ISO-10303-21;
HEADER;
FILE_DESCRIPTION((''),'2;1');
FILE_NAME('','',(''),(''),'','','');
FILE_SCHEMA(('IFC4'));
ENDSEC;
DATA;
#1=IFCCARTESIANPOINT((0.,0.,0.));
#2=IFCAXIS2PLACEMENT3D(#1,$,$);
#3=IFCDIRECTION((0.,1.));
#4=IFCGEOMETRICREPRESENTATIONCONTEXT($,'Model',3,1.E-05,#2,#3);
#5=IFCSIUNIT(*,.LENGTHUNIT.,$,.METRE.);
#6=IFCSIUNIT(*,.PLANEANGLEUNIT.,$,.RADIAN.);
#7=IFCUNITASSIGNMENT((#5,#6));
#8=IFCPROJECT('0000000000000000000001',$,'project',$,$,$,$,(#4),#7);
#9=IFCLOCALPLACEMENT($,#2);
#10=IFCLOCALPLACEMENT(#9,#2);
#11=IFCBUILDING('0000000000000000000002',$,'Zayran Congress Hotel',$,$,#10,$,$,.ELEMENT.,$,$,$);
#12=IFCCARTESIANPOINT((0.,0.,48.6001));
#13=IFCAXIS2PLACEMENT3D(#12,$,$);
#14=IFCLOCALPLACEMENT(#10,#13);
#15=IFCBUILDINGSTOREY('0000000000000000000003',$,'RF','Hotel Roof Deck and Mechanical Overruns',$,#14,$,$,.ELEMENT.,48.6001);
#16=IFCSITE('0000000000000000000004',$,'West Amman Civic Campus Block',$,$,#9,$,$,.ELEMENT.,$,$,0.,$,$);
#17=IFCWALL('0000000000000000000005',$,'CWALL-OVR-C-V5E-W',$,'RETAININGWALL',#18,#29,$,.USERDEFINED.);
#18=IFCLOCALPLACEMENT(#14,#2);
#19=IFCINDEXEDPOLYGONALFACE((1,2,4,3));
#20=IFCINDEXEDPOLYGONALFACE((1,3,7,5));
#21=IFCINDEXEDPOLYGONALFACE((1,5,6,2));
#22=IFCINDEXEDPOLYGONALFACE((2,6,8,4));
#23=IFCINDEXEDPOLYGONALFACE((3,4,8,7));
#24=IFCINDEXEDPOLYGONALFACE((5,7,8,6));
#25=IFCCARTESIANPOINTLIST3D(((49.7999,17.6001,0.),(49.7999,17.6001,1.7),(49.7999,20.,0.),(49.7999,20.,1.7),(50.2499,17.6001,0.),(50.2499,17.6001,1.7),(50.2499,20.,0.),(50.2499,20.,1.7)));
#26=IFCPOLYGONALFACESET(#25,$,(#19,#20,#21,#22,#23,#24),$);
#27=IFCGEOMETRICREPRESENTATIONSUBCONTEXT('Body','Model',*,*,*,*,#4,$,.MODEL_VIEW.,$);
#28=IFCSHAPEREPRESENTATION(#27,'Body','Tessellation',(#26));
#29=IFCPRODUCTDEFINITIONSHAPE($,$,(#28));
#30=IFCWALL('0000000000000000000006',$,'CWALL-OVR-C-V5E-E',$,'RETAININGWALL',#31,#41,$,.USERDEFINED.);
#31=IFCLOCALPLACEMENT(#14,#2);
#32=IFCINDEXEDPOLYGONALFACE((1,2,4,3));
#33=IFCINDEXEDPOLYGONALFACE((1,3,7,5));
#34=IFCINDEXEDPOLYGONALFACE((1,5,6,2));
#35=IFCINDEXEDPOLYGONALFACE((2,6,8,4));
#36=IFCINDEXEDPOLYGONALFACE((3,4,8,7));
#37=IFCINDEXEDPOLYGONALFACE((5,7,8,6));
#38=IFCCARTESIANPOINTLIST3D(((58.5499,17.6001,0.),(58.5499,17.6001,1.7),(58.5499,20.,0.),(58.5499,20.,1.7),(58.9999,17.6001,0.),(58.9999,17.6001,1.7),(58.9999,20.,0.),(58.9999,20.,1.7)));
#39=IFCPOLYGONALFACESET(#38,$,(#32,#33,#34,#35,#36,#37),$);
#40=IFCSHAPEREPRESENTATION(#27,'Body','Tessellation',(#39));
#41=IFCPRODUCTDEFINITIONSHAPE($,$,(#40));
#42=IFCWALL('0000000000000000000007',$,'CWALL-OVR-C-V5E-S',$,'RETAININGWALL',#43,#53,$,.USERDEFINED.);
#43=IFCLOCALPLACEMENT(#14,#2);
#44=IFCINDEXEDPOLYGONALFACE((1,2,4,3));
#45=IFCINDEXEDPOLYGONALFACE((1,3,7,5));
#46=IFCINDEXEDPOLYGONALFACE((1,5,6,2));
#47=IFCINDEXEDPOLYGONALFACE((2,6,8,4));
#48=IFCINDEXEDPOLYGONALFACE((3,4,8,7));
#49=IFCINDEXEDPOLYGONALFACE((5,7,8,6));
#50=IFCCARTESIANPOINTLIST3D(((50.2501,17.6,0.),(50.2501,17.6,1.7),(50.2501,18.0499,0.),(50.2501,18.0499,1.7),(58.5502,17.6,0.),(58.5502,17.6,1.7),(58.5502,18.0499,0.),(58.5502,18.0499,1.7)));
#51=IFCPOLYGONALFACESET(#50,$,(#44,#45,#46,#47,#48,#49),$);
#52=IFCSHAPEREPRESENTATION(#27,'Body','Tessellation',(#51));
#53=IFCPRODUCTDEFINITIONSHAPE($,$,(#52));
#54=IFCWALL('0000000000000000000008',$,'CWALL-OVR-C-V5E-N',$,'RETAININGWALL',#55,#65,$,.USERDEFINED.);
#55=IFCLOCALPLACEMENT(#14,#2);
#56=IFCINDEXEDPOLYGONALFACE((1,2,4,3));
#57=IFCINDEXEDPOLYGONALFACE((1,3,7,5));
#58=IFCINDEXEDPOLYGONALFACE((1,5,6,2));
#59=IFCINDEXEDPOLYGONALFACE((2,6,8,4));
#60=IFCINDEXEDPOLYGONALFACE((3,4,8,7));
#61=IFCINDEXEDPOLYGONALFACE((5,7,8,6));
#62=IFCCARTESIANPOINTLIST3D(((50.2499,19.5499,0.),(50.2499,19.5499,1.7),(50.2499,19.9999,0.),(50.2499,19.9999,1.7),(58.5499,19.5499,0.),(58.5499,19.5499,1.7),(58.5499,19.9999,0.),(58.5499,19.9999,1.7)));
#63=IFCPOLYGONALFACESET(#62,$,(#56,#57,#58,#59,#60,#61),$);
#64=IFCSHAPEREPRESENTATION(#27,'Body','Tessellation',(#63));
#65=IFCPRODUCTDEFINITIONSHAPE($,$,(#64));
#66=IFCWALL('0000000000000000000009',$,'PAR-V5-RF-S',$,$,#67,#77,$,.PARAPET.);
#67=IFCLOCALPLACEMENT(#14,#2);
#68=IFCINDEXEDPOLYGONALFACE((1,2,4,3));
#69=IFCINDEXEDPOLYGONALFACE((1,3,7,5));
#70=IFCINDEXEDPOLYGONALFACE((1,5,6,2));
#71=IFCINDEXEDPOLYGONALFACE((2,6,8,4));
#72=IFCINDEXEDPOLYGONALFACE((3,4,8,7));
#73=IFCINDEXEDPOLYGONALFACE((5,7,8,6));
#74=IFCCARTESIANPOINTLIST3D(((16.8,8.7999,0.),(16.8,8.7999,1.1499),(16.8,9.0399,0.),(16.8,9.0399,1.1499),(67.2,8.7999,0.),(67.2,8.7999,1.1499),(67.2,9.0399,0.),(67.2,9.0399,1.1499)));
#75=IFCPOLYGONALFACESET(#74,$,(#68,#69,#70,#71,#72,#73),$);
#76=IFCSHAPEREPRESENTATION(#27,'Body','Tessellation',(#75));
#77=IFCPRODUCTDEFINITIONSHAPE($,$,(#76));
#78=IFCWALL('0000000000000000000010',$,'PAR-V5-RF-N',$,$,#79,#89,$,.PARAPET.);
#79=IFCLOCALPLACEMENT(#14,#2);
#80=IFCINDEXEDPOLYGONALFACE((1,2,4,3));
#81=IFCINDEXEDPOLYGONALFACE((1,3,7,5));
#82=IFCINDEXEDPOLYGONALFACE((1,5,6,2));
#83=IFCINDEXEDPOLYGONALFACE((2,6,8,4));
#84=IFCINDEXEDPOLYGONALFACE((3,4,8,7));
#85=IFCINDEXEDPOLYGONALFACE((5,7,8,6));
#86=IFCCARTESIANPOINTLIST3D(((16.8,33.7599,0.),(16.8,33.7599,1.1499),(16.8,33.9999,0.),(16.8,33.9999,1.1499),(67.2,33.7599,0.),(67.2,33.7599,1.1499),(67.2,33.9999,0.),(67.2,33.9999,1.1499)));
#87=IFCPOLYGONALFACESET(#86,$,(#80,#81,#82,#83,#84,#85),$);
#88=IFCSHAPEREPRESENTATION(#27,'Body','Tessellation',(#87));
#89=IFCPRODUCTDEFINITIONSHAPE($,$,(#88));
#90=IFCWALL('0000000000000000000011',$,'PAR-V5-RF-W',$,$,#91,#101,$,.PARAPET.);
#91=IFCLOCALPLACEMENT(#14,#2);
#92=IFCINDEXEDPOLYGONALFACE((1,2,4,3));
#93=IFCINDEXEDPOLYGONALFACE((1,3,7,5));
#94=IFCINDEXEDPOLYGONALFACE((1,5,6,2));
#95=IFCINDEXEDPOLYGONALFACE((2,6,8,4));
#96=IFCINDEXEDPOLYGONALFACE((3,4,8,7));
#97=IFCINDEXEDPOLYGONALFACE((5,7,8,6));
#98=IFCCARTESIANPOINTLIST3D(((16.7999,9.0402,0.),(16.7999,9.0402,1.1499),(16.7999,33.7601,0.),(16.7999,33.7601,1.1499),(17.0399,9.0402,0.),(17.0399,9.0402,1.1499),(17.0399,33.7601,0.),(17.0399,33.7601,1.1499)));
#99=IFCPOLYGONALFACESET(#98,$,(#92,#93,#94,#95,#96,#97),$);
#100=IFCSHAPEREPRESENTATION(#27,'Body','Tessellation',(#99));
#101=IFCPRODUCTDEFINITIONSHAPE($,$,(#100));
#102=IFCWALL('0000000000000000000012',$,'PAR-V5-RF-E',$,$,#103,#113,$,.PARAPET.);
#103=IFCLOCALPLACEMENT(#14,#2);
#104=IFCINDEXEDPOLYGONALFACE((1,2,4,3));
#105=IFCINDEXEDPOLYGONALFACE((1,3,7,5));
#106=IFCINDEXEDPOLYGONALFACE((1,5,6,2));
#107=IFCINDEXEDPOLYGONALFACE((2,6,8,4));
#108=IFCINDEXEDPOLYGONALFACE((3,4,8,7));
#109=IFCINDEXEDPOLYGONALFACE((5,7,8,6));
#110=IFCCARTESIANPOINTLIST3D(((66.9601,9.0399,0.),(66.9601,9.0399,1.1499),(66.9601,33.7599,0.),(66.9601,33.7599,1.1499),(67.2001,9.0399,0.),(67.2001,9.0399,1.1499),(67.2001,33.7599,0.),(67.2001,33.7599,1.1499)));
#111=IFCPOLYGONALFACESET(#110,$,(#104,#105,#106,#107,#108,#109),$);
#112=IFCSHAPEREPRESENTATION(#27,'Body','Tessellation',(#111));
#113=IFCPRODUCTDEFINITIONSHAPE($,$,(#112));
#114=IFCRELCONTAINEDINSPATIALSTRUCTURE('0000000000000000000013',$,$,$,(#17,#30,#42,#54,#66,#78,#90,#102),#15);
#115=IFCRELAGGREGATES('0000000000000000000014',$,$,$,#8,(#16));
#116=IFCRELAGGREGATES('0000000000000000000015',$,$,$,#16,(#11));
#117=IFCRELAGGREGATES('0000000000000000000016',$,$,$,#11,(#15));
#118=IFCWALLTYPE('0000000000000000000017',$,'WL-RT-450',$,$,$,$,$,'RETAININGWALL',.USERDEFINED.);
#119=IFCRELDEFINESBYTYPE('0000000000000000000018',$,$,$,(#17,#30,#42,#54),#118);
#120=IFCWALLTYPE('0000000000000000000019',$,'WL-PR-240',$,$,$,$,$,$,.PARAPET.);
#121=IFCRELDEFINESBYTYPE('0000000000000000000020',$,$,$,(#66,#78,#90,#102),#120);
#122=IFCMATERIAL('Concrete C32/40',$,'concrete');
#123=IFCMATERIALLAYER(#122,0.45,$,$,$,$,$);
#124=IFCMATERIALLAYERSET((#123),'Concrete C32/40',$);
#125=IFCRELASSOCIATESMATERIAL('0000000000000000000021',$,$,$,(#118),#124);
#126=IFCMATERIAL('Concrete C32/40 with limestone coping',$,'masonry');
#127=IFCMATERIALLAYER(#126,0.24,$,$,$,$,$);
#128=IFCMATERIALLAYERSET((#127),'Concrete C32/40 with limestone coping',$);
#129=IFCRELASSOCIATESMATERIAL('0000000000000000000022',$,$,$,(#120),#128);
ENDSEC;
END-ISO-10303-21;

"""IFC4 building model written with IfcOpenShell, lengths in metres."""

from ifc_helpers import new_model, si_unit, direction, frame, frame_2d, origin, place, context, subcontext, project, spatial, rectangle, extrude, material, layer, layer_set, type_object, element, save


model = new_model("IFC4")

# Units and contexts
model_context = context("Model", 3, precision=1e-05, world=origin(), true_north=direction((0.0, 1.0)))
body_context = subcontext(model_context, "Body", "Model", "MODEL_VIEW")
ifc_project = project(units=[si_unit("LENGTHUNIT", "METRE"), si_unit("PLANEANGLEUNIT", "RADIAN")], contexts=[model_context])

# Site, building, storey
site_placement = place(None, origin())
site = spatial("IfcSite", under=ifc_project, at=site_placement, Name="West Amman Civic Campus Block", CompositionType="ELEMENT", RefElevation=0.0)
building_placement = place(site_placement, origin())
building = spatial("IfcBuilding", under=site, at=building_placement, Name="Zayran Congress Hotel", CompositionType="ELEMENT")
storey_placement = place(building_placement, frame((0.0, 0.0, 48.6001)))
storey = spatial("IfcBuildingStorey", under=building, at=storey_placement, Name="RF", Description="Hotel Roof Deck and Mechanical Overruns", CompositionType="ELEMENT", Elevation=48.6001)

# Shared definitions
ifc_material_1 = material(Name="Concrete C32/40", Category="concrete")

# Walls
ifc_layer_1 = layer(ifc_material_1, 0.45)
ifc_layer_set_1 = layer_set([ifc_layer_1], Name="Concrete C32/40")
wall_type_1 = type_object("IfcWallType", Name="WL-RT-450", ElementType="RETAININGWALL", PredefinedType="USERDEFINED", material=ifc_layer_set_1)
for number, where, z_axis, x_axis, name in (
    (1, (50.0249, 17.6001, 0.0), (0.0, 0.0, 1.0), (0.0, 1.0, 0.0), "CWALL-OVR-C-V5E-W"),
    (2, (58.7749, 20.0, 0.0), (0.0, 0.0, 1.0), (0.0, -1.0, 0.0), "CWALL-OVR-C-V5E-E"),
):
    element("IfcWall", number, at=place(storey_placement, frame(where, z_axis=z_axis, x_axis=x_axis)), inside=storey, type_object=wall_type_1, Name=name, ObjectType="RETAININGWALL", PredefinedType="USERDEFINED", context=body_context, shape_type="SweptSolid", body=[
        extrude(rectangle(XDim=2.3999, YDim=0.45, at=frame_2d((1.2, 0.0))), origin(), (0.0, 0.0, 1.0), 1.7),
    ])
for number, where, z_axis, x_axis, name in (
    (3, (58.55, 17.825, 0.0), (0.0, 0.0, 1.0), (-1.0, 0.0, 0.0), "CWALL-OVR-C-V5E-S"),
    (4, (50.25, 19.7749, 0.0), (0.0, 0.0, 1.0), (1.0, 0.0, 0.0), "CWALL-OVR-C-V5E-N"),
):
    element("IfcWall", number, at=place(storey_placement, frame(where, z_axis=z_axis, x_axis=x_axis)), inside=storey, type_object=wall_type_1, Name=name, ObjectType="RETAININGWALL", PredefinedType="USERDEFINED", context=body_context, shape_type="SweptSolid", body=[
        extrude(rectangle(XDim=8.3, YDim=0.45, at=frame_2d((4.1499, 0.0))), origin(), (0.0, 0.0, 1.0), 1.7),
    ])
ifc_material_2 = material(Name="Concrete C32/40 with limestone coping", Category="masonry")
ifc_layer_2 = layer(ifc_material_2, 0.24)
ifc_layer_set_2 = layer_set([ifc_layer_2], Name="Concrete C32/40 with limestone coping")
wall_type_2 = type_object("IfcWallType", Name="WL-PR-240", PredefinedType="PARAPET", material=ifc_layer_set_2)
for number, where, z_axis, x_axis, name in (
    (5, (16.8, 8.9199, 0.0), (0.0, 0.0, 1.0), (1.0, 0.0, 0.0), "PAR-V5-RF-S"),
    (6, (67.2, 33.8799, 0.0), (0.0, 0.0, 1.0), (-1.0, 0.0, 0.0), "PAR-V5-RF-N"),
):
    element("IfcWall", number, at=place(storey_placement, frame(where, z_axis=z_axis, x_axis=x_axis)), inside=storey, type_object=wall_type_2, Name=name, PredefinedType="PARAPET", context=body_context, shape_type="SweptSolid", body=[
        extrude(rectangle(XDim=50.3999, YDim=0.24, at=frame_2d((25.2, 0.0))), origin(), (0.0, 0.0, 1.0), 1.1499),
    ])
for number, where, z_axis, x_axis, name in (
    (7, (16.9199, 33.76, 0.0), (0.0, 0.0, 1.0), (0.0, -1.0, 0.0), "PAR-V5-RF-W"),
    (8, (67.0801, 9.04, 0.0), (0.0, 0.0, 1.0), (0.0, 1.0, 0.0), "PAR-V5-RF-E"),
):
    element("IfcWall", number, at=place(storey_placement, frame(where, z_axis=z_axis, x_axis=x_axis)), inside=storey, type_object=wall_type_2, Name=name, PredefinedType="PARAPET", context=body_context, shape_type="SweptSolid", body=[
        extrude(rectangle(XDim=24.72, YDim=0.24, at=frame_2d((12.3599, 0.0))), origin(), (0.0, 0.0, 1.0), 1.1499),
    ])

save(model, "model.ifc")
